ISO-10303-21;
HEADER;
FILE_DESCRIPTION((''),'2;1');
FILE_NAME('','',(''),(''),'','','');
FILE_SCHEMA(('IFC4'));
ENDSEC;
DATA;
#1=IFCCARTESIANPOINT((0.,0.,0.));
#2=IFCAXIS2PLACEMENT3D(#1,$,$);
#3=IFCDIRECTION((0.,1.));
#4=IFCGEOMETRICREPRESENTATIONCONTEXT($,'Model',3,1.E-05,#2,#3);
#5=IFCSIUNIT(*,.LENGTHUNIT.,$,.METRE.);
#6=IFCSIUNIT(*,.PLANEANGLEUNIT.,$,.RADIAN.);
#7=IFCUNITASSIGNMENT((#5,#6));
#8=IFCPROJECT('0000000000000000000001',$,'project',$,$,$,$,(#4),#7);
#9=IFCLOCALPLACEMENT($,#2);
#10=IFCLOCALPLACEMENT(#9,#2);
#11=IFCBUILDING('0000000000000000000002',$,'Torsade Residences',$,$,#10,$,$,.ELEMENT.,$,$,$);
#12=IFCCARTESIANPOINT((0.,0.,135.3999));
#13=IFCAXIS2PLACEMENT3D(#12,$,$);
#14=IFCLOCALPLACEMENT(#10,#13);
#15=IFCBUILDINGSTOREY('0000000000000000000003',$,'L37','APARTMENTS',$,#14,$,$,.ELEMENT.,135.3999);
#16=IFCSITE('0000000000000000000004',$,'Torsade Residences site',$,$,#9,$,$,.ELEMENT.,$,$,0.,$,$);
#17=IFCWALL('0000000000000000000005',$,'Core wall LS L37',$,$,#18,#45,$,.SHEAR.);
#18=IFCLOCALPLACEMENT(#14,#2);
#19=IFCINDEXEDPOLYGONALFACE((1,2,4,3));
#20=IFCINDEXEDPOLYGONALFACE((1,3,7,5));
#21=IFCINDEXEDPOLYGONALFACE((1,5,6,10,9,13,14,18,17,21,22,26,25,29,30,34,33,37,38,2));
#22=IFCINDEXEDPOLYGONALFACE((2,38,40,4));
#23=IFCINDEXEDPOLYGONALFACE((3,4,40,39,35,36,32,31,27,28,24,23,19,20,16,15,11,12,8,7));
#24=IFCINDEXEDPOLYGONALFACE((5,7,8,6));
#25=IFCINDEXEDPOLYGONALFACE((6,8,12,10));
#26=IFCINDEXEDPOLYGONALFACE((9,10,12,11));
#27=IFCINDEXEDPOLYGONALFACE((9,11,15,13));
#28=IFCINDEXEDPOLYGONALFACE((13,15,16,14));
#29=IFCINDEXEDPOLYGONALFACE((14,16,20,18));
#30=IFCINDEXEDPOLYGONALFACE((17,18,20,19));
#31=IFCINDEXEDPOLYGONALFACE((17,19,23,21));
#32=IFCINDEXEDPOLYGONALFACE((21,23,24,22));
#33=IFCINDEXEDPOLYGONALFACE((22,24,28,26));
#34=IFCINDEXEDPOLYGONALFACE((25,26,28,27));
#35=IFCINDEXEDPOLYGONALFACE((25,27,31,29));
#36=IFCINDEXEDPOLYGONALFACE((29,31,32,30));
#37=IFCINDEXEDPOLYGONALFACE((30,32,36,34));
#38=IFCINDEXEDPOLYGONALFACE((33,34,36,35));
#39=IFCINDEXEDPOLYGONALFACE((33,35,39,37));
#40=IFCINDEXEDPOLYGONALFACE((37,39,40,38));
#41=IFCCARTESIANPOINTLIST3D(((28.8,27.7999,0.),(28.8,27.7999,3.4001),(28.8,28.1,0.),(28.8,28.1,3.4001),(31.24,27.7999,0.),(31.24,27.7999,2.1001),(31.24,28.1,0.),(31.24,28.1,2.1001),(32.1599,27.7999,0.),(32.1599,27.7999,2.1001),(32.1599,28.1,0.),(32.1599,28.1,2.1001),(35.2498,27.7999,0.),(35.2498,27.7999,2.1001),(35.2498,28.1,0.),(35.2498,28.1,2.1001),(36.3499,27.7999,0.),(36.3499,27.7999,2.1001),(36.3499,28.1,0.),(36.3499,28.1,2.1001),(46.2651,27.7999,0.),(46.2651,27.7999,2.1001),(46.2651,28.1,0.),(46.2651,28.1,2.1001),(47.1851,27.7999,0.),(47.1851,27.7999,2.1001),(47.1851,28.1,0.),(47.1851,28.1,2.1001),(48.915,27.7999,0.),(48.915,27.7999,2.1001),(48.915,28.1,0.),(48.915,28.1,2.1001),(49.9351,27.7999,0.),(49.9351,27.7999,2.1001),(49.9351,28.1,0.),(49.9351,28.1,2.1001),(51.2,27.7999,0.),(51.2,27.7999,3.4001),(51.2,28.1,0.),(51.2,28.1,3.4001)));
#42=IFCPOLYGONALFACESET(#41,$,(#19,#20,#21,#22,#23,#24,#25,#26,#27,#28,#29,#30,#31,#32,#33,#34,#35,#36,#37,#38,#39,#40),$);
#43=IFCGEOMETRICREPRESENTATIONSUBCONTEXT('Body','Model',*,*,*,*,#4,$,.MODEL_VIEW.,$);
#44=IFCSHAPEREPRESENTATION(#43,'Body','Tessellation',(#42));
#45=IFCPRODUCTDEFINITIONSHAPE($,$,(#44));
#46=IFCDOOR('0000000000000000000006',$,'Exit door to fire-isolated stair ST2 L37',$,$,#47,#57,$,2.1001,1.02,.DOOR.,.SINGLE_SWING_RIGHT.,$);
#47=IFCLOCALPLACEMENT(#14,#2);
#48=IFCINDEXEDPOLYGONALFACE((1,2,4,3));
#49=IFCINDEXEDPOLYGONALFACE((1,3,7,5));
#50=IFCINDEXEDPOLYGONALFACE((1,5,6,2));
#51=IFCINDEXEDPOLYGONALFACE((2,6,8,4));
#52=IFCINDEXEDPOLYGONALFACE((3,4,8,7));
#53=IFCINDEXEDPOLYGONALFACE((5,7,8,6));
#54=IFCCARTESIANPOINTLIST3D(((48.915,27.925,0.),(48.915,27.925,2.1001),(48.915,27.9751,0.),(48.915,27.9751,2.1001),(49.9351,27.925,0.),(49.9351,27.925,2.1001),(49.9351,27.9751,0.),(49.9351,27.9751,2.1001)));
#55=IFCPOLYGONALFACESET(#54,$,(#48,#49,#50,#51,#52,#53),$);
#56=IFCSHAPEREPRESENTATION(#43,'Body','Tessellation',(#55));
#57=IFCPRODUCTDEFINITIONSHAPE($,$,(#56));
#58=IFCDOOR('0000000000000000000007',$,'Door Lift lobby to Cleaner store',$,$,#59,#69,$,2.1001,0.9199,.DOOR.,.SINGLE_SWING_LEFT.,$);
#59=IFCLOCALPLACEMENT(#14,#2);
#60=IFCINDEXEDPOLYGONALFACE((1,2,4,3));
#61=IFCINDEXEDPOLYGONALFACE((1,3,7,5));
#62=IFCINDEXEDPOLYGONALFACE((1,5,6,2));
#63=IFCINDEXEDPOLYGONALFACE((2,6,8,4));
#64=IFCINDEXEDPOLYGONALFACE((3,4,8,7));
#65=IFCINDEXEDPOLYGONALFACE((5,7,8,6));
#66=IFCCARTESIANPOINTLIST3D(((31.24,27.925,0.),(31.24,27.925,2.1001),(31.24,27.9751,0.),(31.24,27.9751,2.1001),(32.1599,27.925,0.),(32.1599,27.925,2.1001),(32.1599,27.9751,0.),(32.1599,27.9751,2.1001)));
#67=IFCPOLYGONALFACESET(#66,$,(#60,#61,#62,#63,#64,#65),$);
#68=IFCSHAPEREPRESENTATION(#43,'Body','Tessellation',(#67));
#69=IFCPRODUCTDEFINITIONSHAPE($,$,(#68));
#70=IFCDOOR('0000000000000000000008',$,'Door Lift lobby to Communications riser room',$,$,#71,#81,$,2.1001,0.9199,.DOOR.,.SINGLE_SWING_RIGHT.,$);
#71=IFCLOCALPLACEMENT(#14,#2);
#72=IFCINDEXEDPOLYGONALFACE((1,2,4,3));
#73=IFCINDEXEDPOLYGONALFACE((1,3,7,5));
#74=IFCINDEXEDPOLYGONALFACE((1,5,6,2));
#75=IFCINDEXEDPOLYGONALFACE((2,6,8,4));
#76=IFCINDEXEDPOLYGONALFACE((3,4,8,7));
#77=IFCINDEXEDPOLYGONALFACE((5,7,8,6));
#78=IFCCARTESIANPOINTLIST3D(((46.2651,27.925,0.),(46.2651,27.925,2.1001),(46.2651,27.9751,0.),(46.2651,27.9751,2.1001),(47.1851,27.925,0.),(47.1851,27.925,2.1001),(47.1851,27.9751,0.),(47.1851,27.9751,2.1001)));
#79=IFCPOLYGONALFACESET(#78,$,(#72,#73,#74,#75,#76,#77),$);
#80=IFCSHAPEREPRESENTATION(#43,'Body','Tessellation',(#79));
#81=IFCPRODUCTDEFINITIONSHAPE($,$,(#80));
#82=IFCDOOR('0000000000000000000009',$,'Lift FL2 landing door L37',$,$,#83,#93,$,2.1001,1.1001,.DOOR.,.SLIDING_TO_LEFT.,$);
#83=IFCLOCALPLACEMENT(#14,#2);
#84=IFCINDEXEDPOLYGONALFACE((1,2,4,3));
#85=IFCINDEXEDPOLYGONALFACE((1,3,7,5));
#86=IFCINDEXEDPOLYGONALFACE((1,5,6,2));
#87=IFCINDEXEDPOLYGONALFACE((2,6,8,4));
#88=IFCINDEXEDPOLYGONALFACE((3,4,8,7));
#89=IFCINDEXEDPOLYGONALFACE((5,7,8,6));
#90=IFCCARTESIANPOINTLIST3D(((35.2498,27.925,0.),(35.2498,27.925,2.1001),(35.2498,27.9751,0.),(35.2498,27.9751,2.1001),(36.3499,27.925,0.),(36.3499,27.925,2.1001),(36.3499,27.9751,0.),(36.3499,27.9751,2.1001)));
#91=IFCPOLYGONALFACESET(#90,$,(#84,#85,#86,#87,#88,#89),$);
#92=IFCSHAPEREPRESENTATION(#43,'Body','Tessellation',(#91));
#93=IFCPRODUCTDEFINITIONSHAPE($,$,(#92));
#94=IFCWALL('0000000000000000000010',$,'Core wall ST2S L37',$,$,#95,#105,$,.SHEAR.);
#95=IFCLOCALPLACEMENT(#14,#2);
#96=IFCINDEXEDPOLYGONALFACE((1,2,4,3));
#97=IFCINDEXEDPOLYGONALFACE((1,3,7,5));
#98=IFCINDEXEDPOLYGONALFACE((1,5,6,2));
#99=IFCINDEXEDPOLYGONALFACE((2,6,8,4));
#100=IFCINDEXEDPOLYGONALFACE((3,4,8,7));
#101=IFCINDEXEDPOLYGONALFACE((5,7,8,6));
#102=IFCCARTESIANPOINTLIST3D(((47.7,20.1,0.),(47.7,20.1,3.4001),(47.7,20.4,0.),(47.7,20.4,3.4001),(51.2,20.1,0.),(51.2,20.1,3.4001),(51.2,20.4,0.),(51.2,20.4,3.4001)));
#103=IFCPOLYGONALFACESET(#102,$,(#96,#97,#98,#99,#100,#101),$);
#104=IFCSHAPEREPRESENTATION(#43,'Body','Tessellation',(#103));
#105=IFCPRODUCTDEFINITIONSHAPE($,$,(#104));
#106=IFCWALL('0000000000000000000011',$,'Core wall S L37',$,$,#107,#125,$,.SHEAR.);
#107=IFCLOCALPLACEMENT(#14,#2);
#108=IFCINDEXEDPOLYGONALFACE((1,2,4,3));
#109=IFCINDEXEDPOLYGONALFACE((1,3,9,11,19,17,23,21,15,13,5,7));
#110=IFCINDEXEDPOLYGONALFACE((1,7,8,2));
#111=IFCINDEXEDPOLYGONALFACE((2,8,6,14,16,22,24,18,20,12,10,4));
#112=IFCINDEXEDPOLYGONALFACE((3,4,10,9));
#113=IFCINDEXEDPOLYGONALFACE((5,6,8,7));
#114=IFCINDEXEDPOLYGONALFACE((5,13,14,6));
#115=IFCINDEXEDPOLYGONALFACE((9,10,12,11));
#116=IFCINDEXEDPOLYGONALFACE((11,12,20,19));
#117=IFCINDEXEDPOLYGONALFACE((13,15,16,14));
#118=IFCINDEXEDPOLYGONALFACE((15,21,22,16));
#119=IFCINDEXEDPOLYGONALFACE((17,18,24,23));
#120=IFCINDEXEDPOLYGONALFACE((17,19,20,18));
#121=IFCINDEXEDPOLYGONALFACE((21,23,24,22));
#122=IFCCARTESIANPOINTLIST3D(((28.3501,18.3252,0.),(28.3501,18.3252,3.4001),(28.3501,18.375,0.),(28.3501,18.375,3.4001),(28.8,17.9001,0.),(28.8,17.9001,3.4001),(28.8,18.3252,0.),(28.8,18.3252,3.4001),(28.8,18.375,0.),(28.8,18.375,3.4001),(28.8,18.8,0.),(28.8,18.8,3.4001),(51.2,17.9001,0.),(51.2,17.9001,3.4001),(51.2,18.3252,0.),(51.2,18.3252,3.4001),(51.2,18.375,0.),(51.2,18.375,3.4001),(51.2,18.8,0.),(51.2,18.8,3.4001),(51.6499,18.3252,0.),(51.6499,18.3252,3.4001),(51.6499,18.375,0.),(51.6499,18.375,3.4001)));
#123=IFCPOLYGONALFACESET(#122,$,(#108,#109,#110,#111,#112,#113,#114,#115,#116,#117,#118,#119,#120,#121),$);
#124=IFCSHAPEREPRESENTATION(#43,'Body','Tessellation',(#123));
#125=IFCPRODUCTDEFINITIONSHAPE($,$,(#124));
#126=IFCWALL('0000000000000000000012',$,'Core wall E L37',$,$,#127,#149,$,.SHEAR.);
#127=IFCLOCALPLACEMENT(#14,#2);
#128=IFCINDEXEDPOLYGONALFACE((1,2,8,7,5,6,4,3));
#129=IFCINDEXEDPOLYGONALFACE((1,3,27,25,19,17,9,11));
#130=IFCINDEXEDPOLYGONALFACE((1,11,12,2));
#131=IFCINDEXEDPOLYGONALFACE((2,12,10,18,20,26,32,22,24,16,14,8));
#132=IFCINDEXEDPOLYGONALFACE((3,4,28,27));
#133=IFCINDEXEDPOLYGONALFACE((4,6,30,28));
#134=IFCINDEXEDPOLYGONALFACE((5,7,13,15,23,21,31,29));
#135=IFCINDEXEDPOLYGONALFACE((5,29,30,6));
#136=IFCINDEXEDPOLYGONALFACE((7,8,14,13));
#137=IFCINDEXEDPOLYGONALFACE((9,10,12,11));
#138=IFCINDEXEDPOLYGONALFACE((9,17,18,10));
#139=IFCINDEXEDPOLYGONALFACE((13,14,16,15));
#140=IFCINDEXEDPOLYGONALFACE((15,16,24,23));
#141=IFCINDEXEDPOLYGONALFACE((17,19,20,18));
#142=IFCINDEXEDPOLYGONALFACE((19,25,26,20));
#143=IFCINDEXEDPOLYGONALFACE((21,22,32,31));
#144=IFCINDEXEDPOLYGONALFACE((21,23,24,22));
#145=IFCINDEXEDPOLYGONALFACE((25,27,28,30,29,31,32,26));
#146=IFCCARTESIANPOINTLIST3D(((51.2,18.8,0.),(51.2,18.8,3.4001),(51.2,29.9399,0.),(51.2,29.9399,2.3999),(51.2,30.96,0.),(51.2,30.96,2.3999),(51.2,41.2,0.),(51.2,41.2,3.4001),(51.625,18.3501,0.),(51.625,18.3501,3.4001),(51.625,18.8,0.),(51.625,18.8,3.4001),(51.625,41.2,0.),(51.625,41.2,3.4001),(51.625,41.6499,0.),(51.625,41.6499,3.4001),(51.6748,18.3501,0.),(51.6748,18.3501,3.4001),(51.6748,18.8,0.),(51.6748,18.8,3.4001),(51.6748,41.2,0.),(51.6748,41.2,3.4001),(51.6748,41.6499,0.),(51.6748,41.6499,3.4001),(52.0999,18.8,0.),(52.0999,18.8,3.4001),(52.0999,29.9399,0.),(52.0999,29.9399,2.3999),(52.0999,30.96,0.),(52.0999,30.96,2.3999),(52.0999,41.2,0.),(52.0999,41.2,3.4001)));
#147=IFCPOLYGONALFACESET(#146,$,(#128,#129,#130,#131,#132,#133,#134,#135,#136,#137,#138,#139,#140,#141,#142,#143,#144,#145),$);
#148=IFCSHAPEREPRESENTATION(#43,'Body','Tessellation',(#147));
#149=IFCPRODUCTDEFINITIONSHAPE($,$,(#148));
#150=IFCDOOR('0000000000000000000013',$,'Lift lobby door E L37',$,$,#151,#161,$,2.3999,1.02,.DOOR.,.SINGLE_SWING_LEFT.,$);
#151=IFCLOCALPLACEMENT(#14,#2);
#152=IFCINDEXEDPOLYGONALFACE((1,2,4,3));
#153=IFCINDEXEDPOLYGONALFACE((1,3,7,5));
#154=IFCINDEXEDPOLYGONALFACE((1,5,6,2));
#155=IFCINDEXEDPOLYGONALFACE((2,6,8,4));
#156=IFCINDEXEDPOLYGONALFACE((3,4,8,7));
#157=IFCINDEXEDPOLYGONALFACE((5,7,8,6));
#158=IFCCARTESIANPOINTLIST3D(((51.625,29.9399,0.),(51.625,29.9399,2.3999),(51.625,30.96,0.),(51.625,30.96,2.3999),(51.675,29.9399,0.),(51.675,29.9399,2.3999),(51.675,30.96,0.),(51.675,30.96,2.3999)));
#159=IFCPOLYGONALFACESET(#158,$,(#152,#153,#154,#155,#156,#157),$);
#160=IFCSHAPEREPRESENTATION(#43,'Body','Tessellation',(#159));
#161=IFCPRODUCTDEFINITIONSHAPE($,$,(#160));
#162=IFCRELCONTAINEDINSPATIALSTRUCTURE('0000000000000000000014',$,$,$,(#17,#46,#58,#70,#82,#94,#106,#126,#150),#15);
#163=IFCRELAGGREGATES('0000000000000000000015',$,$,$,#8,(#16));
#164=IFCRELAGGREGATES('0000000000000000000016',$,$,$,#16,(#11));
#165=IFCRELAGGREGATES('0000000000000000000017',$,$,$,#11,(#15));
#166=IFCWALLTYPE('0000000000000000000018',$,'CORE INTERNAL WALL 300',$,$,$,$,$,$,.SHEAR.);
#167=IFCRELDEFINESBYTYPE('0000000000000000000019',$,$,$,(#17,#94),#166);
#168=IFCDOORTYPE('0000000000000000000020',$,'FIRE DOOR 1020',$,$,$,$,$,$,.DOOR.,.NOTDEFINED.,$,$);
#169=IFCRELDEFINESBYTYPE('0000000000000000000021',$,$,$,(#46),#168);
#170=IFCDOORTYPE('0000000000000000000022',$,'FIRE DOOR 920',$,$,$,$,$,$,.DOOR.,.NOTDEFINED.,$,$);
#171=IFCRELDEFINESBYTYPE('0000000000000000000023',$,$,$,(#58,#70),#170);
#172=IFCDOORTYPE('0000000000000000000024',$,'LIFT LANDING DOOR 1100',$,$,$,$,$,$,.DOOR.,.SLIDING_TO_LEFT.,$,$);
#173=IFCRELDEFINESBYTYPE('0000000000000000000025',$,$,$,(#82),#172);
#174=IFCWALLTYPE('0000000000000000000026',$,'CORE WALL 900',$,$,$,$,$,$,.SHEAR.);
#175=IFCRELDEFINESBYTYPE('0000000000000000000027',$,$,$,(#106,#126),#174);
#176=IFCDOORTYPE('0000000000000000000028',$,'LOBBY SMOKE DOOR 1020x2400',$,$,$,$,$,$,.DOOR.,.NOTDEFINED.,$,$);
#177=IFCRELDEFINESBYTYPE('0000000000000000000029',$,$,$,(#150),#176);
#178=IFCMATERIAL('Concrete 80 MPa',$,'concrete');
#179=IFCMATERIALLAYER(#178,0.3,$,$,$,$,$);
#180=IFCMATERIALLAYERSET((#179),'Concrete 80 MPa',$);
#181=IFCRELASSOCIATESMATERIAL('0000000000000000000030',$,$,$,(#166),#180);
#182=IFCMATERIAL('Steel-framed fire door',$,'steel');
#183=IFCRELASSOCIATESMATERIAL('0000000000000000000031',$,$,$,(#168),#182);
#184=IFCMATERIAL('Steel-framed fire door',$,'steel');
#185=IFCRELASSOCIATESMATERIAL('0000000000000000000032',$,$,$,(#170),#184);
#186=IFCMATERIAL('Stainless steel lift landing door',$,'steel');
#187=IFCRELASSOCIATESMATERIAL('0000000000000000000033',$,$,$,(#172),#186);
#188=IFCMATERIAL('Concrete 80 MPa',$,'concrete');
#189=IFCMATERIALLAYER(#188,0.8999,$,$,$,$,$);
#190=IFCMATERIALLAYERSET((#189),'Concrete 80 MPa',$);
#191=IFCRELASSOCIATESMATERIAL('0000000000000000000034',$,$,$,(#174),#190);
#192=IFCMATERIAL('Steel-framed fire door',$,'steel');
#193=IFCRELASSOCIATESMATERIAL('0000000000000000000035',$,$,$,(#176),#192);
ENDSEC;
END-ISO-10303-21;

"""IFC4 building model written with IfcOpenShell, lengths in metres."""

from ifc_helpers import new_model, si_unit, direction, frame, frame_2d, origin, place, context, subcontext, project, spatial, polyline, rectangle, outline, extrude, material, layer, layer_set, type_object, element, fill, save


model = new_model("IFC4")

# Units and contexts
model_context = context("Model", 3, precision=1e-05, world=origin(), true_north=direction((0.0, 1.0)))
body_context = subcontext(model_context, "Body", "Model", "MODEL_VIEW")
ifc_project = project(units=[si_unit("LENGTHUNIT", "METRE"), si_unit("PLANEANGLEUNIT", "RADIAN")], contexts=[model_context])

# Site, building, storey
site_placement = place(None, origin())
site = spatial("IfcSite", under=ifc_project, at=site_placement, Name="Torsade Residences site", CompositionType="ELEMENT", RefElevation=0.0)
building_placement = place(site_placement, origin())
building = spatial("IfcBuilding", under=site, at=building_placement, Name="Torsade Residences", CompositionType="ELEMENT")
storey_placement = place(building_placement, frame((0.0, 0.0, 135.3999)))
storey = spatial("IfcBuildingStorey", under=building, at=storey_placement, Name="L37", Description="APARTMENTS", CompositionType="ELEMENT", Elevation=135.3999)

# Wall, openings, doors
ifc_material_1 = material(Name="Concrete 80 MPa", Category="concrete")
ifc_layer_1 = layer(ifc_material_1, 0.3)
ifc_layer_set_1 = layer_set([ifc_layer_1], Name="Concrete 80 MPa")
wall_type_1 = type_object("IfcWallType", Name="CORE INTERNAL WALL 300", PredefinedType="SHEAR", material=ifc_layer_set_1)
wall_1_placement = place(storey_placement, frame((51.2, 27.95, 0.0), z_axis=(0.0, 0.0, 1.0), x_axis=(-1.0, 0.0, 0.0)))
wall_1 = element("IfcWall", 1, at=wall_1_placement, inside=storey, type_object=wall_type_1, Name="Core wall LS L37", PredefinedType="SHEAR", context=body_context, shape_type="SweptSolid", body=[
    extrude(rectangle(XDim=22.3999, YDim=0.3, at=frame_2d((11.2, 0.0))), origin(), (0.0, 0.0, 1.0), 3.4001),
])
opening_1_placement = place(wall_1_placement, frame((19.04, 0.0, 0.0)))
opening_1 = element("IfcOpeningElement", 2, at=opening_1_placement, cuts=wall_1, PredefinedType="OPENING", context=body_context, shape_type="SweptSolid", body=[
    extrude(rectangle(XDim=0.9199, YDim=2.1001, at=frame_2d((0.46, 1.05))), frame((0.0, 0.1599, 0.0), z_axis=(0.0, -1.0, 0.0), x_axis=(1.0, 0.0, 0.0)), (0.0, 0.0, 1.0), 0.3201),
])
opening_2_placement = place(wall_1_placement, frame((1.2649, 0.0, 0.0)))
opening_2 = element("IfcOpeningElement", 3, at=opening_2_placement, cuts=wall_1, PredefinedType="OPENING", context=body_context, shape_type="SweptSolid", body=[
    extrude(rectangle(XDim=1.02, YDim=2.1001, at=frame_2d((0.51, 1.05))), frame((0.0, 0.1599, 0.0), z_axis=(0.0, -1.0, 0.0), x_axis=(1.0, 0.0, 0.0)), (0.0, 0.0, 1.0), 0.3201),
])
opening_3_placement = place(wall_1_placement, frame((4.0149, 0.0, 0.0)))
opening_3 = element("IfcOpeningElement", 4, at=opening_3_placement, cuts=wall_1, PredefinedType="OPENING", context=body_context, shape_type="SweptSolid", body=[
    extrude(rectangle(XDim=0.9199, YDim=2.1001, at=frame_2d((0.46, 1.05))), frame((0.0, 0.1599, 0.0), z_axis=(0.0, -1.0, 0.0), x_axis=(1.0, 0.0, 0.0)), (0.0, 0.0, 1.0), 0.3201),
])
opening_4_placement = place(wall_1_placement, frame((14.8501, 0.0, 0.0)))
opening_4 = element("IfcOpeningElement", 5, at=opening_4_placement, cuts=wall_1, PredefinedType="OPENING", context=body_context, shape_type="SweptSolid", body=[
    extrude(rectangle(XDim=1.1001, YDim=2.1001, at=frame_2d((0.55, 1.05))), frame((0.0, 0.1599, 0.0), z_axis=(0.0, -1.0, 0.0), x_axis=(1.0, 0.0, 0.0)), (0.0, 0.0, 1.0), 0.3201),
])
ifc_material_2 = material(Name="Steel-framed fire door", Category="steel")
door_type_1 = type_object("IfcDoorType", Name="FIRE DOOR 1020", OperationType="NOTDEFINED", PredefinedType="DOOR", material=ifc_material_2)
door_1_placement = place(opening_2_placement, origin())
door_1 = element("IfcDoor", 6, at=door_1_placement, inside=storey, type_object=door_type_1, Name="Exit door to fire-isolated stair ST2 L37", OperationType="SINGLE_SWING_RIGHT", OverallHeight=2.1001, OverallWidth=1.02, PredefinedType="DOOR", context=body_context, shape_type="SweptSolid", body=[
    extrude(rectangle(XDim=1.02, YDim=2.1001, at=frame_2d((0.51, 1.05))), frame((0.0, 0.0249, 0.0), z_axis=(0.0, -1.0, 0.0), x_axis=(1.0, 0.0, 0.0)), (0.0, 0.0, 1.0), 0.05),
])
fill(opening_2, door_1)
ifc_material_3 = material(Name="Steel-framed fire door", Category="steel")
door_type_2 = type_object("IfcDoorType", Name="FIRE DOOR 920", OperationType="NOTDEFINED", PredefinedType="DOOR", material=ifc_material_3)
door_2_placement = place(opening_1_placement, origin())
door_2 = element("IfcDoor", 7, at=door_2_placement, inside=storey, type_object=door_type_2, Name="Door Lift lobby to Cleaner store", OperationType="SINGLE_SWING_LEFT", OverallHeight=2.1001, OverallWidth=0.9199, PredefinedType="DOOR", context=body_context, shape_type="SweptSolid", body=[
    extrude(rectangle(XDim=0.9199, YDim=2.1001, at=frame_2d((0.46, 1.05))), frame((0.0, 0.0249, 0.0), z_axis=(0.0, -1.0, 0.0), x_axis=(1.0, 0.0, 0.0)), (0.0, 0.0, 1.0), 0.05),
])
fill(opening_1, door_2)
door_3_placement = place(opening_3_placement, origin())
door_3 = element("IfcDoor", 8, at=door_3_placement, inside=storey, type_object=door_type_2, Name="Door Lift lobby to Communications riser room", OperationType="SINGLE_SWING_RIGHT", OverallHeight=2.1001, OverallWidth=0.9199, PredefinedType="DOOR", context=body_context, shape_type="SweptSolid", body=[
    extrude(rectangle(XDim=0.9199, YDim=2.1001, at=frame_2d((0.46, 1.05))), frame((0.0, 0.0249, 0.0), z_axis=(0.0, -1.0, 0.0), x_axis=(1.0, 0.0, 0.0)), (0.0, 0.0, 1.0), 0.05),
])
fill(opening_3, door_3)
ifc_material_4 = material(Name="Stainless steel lift landing door", Category="steel")
door_type_3 = type_object("IfcDoorType", Name="LIFT LANDING DOOR 1100", OperationType="SLIDING_TO_LEFT", PredefinedType="DOOR", material=ifc_material_4)
door_4_placement = place(opening_4_placement, origin())
door_4 = element("IfcDoor", 9, at=door_4_placement, inside=storey, type_object=door_type_3, Name="Lift FL2 landing door L37", OperationType="SLIDING_TO_LEFT", OverallHeight=2.1001, OverallWidth=1.1001, PredefinedType="DOOR", context=body_context, shape_type="SweptSolid", body=[
    extrude(rectangle(XDim=1.1001, YDim=2.1001, at=frame_2d((0.55, 1.05))), frame((0.0, 0.0249, 0.0), z_axis=(0.0, -1.0, 0.0), x_axis=(1.0, 0.0, 0.0)), (0.0, 0.0, 1.0), 0.05),
])
fill(opening_4, door_4)

# Walls
wall_2_placement = place(storey_placement, frame((51.2, 20.25, 0.0), z_axis=(0.0, 0.0, 1.0), x_axis=(-1.0, 0.0, 0.0)))
element("IfcWall", 10, at=wall_2_placement, inside=storey, type_object=wall_type_1, Name="Core wall ST2S L37", PredefinedType="SHEAR", context=body_context, shape_type="SweptSolid", body=[
    extrude(rectangle(XDim=3.5, YDim=0.3, at=frame_2d((1.75, 0.0))), origin(), (0.0, 0.0, 1.0), 3.4001),
])
ifc_material_5 = material(Name="Concrete 80 MPa", Category="concrete")
ifc_layer_2 = layer(ifc_material_5, 0.8999)
ifc_layer_set_2 = layer_set([ifc_layer_2], Name="Concrete 80 MPa")
wall_type_2 = type_object("IfcWallType", Name="CORE WALL 900", PredefinedType="SHEAR", material=ifc_layer_set_2)
wall_3_placement = place(storey_placement, frame((51.2, 18.3501, 0.0), z_axis=(0.0, 0.0, 1.0), x_axis=(-1.0, 0.0, 0.0)))
element("IfcWall", 11, at=wall_3_placement, inside=storey, type_object=wall_type_2, Name="Core wall S L37", PredefinedType="SHEAR", context=body_context, shape_type="SweptSolid", body=[
    extrude(outline(polyline([(0.0, -0.45), (22.3999, -0.45), (22.3999, -0.0249), (22.8499, -0.0249), (22.8499, 0.0249), (22.3999, 0.0249), (22.3999, 0.45), (0.0, 0.45), (0.0, 0.0249), (-0.45, 0.0249), (-0.45, -0.0249), (0.0, -0.0249), (0.0, -0.45)])), origin(), (0.0, 0.0, 1.0), 3.4001),
])

# Wall, opening, door
wall_4_placement = place(storey_placement, frame((51.6499, 18.8, 0.0), z_axis=(0.0, 0.0, 1.0), x_axis=(0.0, 1.0, 0.0)))
wall_4 = element("IfcWall", 12, at=wall_4_placement, inside=storey, type_object=wall_type_2, Name="Core wall E L37", PredefinedType="SHEAR", context=body_context, shape_type="SweptSolid", body=[
    extrude(outline(polyline([(0.0, -0.45), (22.3999, -0.45), (22.3999, -0.0249), (22.8499, -0.0249), (22.8499, 0.0249), (22.3999, 0.0249), (22.3999, 0.45), (0.0, 0.45), (0.0, 0.0249), (-0.45, 0.0249), (-0.45, -0.0249), (0.0, -0.0249), (0.0, -0.45)])), origin(), (0.0, 0.0, 1.0), 3.4001),
])
opening_5_placement = place(wall_4_placement, frame((11.1399, 0.0, 0.0)))
opening_5 = element("IfcOpeningElement", 13, at=opening_5_placement, cuts=wall_4, PredefinedType="OPENING", context=body_context, shape_type="SweptSolid", body=[
    extrude(rectangle(XDim=1.02, YDim=2.3999, at=frame_2d((0.51, 1.2))), frame((0.0, 0.46, 0.0), z_axis=(0.0, -1.0, 0.0), x_axis=(1.0, 0.0, 0.0)), (0.0, 0.0, 1.0), 0.9199),
])
ifc_material_6 = material(Name="Steel-framed fire door", Category="steel")
door_type_4 = type_object("IfcDoorType", Name="LOBBY SMOKE DOOR 1020x2400", OperationType="NOTDEFINED", PredefinedType="DOOR", material=ifc_material_6)
door_5_placement = place(opening_5_placement, origin())
door_5 = element("IfcDoor", 14, at=door_5_placement, inside=storey, type_object=door_type_4, Name="Lift lobby door E L37", OperationType="SINGLE_SWING_LEFT", OverallHeight=2.3999, OverallWidth=1.02, PredefinedType="DOOR", context=body_context, shape_type="SweptSolid", body=[
    extrude(rectangle(XDim=1.02, YDim=2.3999, at=frame_2d((0.51, 1.2))), frame((0.0, 0.0249, 0.0), z_axis=(0.0, -1.0, 0.0), x_axis=(1.0, 0.0, 0.0)), (0.0, 0.0, 1.0), 0.05),
])
fill(opening_5, door_5)

save(model, "model.ifc")
